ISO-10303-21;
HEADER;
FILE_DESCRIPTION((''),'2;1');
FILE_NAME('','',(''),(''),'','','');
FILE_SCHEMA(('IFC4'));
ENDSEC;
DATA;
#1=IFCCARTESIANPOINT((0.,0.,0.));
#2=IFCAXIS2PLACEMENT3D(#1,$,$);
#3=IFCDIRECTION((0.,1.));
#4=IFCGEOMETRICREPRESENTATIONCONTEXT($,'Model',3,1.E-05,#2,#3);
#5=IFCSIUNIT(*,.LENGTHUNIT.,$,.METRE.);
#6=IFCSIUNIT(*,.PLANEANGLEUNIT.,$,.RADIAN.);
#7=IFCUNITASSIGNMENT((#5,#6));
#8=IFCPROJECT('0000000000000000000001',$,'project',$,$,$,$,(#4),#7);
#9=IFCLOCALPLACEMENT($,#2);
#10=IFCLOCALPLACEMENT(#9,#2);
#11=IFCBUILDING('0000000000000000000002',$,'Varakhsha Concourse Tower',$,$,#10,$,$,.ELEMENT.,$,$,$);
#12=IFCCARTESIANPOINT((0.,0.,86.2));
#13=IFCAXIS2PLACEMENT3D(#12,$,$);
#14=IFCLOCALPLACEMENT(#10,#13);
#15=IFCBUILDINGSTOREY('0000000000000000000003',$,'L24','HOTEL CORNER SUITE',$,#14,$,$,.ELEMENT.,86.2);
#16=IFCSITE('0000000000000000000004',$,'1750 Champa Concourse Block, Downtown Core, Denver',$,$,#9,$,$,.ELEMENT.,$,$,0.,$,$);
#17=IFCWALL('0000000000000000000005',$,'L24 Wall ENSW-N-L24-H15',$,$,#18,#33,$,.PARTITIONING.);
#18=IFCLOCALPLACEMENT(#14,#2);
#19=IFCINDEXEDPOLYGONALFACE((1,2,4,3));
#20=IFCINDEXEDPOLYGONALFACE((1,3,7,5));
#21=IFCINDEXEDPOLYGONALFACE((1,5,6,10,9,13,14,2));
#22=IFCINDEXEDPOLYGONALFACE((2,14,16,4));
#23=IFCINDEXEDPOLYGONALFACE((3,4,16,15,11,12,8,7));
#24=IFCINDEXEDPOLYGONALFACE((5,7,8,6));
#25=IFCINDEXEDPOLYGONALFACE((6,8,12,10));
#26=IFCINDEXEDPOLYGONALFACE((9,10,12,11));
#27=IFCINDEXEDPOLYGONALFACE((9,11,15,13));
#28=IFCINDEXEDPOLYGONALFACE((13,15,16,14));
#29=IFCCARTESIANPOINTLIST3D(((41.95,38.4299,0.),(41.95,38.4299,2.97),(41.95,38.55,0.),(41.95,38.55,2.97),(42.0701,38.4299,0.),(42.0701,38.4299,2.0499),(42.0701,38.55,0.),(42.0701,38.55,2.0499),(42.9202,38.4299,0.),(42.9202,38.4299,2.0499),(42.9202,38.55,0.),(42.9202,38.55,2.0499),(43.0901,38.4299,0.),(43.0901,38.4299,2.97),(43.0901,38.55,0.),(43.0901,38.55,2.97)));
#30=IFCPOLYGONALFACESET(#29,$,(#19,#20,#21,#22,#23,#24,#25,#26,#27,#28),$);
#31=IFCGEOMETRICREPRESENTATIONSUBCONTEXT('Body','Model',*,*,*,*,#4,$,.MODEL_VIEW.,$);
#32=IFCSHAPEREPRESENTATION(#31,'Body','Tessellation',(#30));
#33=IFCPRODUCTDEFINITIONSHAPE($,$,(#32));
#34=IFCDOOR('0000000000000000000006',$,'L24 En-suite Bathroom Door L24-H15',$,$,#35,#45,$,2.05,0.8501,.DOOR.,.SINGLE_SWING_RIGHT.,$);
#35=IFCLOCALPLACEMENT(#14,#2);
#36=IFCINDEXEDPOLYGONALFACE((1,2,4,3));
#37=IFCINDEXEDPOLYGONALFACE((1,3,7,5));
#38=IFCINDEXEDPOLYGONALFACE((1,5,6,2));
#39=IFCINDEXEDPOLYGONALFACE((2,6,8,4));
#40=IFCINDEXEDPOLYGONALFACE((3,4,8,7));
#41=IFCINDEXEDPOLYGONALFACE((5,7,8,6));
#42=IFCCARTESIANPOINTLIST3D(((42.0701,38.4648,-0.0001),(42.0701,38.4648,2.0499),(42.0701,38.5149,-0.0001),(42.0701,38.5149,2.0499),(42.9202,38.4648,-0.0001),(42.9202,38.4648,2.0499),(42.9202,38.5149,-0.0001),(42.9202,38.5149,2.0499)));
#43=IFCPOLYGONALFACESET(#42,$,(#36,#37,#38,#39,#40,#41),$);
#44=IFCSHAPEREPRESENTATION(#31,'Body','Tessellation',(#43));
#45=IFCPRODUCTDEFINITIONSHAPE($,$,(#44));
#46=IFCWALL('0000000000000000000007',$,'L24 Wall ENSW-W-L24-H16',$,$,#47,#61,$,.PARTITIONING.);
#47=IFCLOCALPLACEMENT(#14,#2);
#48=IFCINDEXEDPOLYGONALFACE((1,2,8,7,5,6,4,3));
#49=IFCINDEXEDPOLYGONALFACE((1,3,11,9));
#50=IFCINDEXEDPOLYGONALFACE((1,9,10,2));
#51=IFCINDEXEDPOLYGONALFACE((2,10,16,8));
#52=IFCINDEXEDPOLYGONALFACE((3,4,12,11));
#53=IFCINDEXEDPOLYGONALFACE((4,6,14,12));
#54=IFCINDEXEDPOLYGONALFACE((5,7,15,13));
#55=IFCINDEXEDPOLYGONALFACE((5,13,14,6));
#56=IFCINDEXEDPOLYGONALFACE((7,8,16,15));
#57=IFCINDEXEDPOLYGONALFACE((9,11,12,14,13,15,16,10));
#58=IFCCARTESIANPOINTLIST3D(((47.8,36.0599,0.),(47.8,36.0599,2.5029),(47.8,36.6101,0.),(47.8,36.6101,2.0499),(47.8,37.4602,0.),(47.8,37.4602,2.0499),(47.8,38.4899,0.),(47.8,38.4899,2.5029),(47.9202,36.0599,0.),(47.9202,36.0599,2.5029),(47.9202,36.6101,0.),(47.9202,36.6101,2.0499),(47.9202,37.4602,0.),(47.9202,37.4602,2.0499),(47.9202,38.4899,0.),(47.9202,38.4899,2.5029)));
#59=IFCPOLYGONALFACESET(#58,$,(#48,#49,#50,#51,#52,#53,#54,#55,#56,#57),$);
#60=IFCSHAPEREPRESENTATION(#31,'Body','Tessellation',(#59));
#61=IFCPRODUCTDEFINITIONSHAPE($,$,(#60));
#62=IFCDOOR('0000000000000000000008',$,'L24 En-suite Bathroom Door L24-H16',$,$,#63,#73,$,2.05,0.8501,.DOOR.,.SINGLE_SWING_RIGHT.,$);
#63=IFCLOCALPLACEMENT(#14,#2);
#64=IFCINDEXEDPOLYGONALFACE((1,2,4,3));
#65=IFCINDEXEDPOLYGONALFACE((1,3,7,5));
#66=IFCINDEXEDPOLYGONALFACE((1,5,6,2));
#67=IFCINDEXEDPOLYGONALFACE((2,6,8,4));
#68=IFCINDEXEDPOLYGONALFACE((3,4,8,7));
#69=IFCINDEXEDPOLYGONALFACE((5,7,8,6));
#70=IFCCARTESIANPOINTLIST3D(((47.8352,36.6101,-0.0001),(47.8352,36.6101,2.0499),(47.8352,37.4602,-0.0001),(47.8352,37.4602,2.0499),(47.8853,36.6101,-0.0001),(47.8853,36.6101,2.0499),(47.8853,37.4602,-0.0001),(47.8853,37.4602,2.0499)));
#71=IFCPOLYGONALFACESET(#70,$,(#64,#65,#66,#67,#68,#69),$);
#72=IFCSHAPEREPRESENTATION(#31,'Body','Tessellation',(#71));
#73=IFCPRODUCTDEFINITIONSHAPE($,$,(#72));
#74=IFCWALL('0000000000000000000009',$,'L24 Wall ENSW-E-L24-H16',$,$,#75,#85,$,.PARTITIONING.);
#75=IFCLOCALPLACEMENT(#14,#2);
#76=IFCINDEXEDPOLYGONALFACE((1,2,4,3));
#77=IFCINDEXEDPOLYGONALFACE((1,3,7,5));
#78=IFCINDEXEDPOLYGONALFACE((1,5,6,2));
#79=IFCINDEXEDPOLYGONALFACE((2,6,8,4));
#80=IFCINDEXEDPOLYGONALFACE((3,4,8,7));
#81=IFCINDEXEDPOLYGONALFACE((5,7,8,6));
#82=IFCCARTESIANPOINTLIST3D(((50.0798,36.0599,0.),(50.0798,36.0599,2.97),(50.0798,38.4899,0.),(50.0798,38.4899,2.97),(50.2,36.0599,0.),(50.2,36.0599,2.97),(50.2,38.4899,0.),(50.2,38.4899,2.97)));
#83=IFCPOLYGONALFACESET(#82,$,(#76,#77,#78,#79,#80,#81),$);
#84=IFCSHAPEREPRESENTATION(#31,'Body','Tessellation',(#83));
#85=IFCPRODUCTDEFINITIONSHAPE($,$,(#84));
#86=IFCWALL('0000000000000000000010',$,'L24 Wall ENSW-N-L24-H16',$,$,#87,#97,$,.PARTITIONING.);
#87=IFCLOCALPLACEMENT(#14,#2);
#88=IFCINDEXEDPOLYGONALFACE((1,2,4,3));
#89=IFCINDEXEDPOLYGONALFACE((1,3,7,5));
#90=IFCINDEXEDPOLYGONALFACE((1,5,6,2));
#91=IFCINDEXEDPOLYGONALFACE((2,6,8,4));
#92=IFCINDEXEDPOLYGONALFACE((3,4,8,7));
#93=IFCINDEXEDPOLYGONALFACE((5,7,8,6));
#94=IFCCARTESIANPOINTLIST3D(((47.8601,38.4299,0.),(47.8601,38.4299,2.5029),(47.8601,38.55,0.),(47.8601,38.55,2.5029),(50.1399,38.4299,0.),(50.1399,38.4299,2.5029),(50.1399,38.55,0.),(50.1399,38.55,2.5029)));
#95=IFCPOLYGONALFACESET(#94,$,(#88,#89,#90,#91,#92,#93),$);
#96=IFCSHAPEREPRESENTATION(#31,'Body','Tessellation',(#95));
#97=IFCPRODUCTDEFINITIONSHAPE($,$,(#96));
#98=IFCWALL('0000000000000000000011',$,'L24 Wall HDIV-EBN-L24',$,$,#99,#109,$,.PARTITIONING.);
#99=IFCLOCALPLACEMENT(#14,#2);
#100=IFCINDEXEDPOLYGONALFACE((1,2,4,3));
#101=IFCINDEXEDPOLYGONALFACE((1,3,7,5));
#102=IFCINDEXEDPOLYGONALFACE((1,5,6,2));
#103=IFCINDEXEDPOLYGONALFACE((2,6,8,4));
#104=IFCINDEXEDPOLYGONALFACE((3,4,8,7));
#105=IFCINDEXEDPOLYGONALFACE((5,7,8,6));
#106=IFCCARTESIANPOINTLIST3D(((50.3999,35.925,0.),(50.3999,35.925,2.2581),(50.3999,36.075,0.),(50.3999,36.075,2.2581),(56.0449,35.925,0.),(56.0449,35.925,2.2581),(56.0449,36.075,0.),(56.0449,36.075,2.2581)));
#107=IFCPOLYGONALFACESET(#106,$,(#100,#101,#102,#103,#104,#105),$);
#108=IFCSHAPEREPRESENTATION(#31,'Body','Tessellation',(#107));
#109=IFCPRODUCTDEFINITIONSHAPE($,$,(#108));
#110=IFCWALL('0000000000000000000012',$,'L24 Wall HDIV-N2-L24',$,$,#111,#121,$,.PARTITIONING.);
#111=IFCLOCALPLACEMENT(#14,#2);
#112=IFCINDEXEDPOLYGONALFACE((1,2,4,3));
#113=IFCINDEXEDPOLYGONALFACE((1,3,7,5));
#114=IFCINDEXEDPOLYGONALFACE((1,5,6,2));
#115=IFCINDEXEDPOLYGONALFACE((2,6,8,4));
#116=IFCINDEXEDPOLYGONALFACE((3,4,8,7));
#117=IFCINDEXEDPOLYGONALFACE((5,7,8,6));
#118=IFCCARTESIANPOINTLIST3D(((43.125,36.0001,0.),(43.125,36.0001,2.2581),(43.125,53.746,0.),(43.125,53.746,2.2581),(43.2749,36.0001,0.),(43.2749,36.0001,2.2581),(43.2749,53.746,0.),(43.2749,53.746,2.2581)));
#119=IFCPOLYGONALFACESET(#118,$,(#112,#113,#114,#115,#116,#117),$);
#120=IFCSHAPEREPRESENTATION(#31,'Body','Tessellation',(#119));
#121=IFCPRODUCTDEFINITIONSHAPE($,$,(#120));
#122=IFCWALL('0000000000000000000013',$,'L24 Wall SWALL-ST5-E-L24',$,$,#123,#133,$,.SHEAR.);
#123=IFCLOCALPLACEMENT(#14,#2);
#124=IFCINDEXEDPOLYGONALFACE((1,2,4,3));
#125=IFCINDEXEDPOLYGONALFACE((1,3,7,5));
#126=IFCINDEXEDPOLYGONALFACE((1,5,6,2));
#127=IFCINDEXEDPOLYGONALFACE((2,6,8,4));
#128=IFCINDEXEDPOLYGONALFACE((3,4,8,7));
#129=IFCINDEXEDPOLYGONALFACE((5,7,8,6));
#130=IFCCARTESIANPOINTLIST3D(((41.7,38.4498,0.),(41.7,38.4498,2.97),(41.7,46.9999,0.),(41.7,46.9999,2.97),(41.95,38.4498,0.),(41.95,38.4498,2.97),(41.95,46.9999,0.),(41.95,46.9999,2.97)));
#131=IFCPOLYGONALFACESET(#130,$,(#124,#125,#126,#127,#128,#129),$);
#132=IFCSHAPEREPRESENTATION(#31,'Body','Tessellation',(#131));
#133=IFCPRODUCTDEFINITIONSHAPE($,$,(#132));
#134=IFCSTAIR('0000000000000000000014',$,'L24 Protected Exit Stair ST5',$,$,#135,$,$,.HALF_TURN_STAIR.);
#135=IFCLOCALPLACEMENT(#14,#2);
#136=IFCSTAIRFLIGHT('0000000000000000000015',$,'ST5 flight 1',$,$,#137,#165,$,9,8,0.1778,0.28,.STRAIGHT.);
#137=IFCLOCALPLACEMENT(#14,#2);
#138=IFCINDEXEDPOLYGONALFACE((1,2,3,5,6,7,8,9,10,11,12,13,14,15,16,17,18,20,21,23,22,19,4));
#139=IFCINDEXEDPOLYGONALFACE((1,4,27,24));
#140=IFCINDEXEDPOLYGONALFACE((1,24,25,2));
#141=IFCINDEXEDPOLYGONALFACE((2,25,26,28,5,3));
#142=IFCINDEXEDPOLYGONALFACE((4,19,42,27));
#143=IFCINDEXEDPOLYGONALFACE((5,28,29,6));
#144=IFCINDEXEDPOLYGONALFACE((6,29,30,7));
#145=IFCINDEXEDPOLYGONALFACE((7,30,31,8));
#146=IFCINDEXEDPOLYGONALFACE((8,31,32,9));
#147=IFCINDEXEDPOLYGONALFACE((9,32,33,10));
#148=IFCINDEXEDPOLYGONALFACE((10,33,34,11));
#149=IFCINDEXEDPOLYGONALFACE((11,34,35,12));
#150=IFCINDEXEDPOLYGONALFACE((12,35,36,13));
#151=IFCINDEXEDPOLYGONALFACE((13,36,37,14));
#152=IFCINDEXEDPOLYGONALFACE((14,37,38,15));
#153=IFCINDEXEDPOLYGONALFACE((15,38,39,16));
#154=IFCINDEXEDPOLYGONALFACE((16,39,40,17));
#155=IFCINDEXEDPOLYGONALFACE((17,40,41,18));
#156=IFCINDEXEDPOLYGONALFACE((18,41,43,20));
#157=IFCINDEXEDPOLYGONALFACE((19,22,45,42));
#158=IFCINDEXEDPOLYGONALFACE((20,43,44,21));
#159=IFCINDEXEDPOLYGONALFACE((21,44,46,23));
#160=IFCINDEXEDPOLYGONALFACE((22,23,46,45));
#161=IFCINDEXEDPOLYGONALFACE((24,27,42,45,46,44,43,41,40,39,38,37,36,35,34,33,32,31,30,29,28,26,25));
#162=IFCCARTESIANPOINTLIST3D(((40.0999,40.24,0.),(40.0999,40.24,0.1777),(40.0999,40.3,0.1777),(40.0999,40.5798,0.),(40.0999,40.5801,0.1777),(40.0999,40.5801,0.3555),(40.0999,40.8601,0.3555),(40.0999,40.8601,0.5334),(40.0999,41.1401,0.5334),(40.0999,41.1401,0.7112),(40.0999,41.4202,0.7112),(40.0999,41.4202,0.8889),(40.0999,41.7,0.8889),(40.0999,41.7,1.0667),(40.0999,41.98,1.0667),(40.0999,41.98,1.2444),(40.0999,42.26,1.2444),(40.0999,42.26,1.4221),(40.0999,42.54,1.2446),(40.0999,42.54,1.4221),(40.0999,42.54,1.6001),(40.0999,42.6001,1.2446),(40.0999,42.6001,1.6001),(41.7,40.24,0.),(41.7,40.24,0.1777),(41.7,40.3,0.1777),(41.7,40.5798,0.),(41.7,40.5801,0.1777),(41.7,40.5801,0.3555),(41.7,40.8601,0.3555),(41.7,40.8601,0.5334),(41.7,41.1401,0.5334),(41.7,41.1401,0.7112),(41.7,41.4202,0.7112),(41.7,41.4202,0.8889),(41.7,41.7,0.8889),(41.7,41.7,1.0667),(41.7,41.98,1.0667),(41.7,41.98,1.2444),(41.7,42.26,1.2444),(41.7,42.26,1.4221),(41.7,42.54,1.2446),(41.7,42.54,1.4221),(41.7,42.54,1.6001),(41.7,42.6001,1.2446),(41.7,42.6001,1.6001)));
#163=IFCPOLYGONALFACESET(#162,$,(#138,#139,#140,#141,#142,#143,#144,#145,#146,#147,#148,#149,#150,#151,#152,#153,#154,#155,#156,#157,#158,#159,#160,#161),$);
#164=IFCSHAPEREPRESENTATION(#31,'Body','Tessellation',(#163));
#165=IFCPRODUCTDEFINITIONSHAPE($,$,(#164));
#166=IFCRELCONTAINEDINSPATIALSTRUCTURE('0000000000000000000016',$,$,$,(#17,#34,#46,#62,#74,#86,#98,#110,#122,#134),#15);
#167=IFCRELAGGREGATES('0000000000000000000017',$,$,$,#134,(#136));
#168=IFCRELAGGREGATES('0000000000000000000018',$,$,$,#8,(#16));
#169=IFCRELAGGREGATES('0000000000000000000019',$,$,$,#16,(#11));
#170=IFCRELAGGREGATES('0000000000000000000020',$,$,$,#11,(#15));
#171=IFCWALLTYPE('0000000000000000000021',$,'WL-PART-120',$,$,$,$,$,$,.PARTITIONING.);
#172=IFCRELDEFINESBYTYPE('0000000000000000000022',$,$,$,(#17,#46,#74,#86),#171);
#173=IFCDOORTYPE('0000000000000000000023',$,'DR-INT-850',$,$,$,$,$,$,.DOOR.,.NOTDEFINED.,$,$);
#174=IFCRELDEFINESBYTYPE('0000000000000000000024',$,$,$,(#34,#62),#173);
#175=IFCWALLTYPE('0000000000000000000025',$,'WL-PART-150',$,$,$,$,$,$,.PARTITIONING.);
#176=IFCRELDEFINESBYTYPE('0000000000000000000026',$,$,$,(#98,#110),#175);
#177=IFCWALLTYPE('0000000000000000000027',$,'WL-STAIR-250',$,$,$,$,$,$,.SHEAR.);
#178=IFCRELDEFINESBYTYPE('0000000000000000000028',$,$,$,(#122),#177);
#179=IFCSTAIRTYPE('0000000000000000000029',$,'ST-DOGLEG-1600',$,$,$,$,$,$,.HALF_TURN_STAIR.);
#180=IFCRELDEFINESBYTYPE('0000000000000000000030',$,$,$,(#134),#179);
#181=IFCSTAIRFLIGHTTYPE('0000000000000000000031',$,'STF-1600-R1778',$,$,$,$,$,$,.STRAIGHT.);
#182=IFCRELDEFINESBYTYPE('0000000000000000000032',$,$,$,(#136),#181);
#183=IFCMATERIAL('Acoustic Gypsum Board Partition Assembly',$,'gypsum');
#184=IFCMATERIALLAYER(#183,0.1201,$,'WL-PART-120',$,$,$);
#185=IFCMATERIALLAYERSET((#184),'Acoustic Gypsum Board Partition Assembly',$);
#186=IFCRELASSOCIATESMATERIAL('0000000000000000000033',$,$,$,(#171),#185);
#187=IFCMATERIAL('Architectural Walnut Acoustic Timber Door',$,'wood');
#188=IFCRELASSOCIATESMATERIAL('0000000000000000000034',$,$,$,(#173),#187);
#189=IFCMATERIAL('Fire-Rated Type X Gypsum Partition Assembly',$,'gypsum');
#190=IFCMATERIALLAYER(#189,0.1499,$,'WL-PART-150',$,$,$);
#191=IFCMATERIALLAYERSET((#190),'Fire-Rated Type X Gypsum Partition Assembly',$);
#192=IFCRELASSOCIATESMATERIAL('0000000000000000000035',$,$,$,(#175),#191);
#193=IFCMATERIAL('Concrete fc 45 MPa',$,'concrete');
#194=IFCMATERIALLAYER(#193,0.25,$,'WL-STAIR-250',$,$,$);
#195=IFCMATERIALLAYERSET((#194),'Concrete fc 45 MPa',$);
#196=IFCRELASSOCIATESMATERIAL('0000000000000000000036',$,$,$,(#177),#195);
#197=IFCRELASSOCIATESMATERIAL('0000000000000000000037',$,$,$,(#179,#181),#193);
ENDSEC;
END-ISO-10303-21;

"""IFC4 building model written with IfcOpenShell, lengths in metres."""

from ifc_helpers import new_model, si_unit, direction, frame, frame_2d, origin, place, context, subcontext, project, spatial, polyline, rectangle, outline, extrude, material, layer, layer_set, type_object, element, fill, aggregate, save


model = new_model("IFC4")

# Units and contexts
model_context = context("Model", 3, precision=1e-05, world=origin(), true_north=direction((0.0, 1.0)))
body_context = subcontext(model_context, "Body", "Model", "MODEL_VIEW")
ifc_project = project(units=[si_unit("LENGTHUNIT", "METRE"), si_unit("PLANEANGLEUNIT", "RADIAN")], contexts=[model_context])

# Site, building, storey
site_placement = place(None, origin())
site = spatial("IfcSite", under=ifc_project, at=site_placement, Name="1750 Champa Concourse Block, Downtown Core, Denver", CompositionType="ELEMENT", RefElevation=0.0)
building_placement = place(site_placement, origin())
building = spatial("IfcBuilding", under=site, at=building_placement, Name="Varakhsha Concourse Tower", CompositionType="ELEMENT")
storey_placement = place(building_placement, frame((0.0, 0.0, 86.2)))
storey = spatial("IfcBuildingStorey", under=building, at=storey_placement, Name="L24", Description="HOTEL CORNER SUITE", CompositionType="ELEMENT", Elevation=86.2)

# Shared definitions
ifc_material_1 = material(Name="Acoustic Gypsum Board Partition Assembly", Category="gypsum")
ifc_layer_1 = layer(ifc_material_1, 0.1201, Name="WL-PART-120")
ifc_layer_set_1 = layer_set([ifc_layer_1], Name="Acoustic Gypsum Board Partition Assembly")
wall_type_1 = type_object("IfcWallType", Name="WL-PART-120", PredefinedType="PARTITIONING", material=ifc_layer_set_1)

# Walls, openings, doors
wall_1_placement = place(storey_placement, frame((41.95, 38.49, 0.0), z_axis=(0.0, 0.0, 1.0), x_axis=(1.0, 0.0, 0.0)))
wall_1 = element("IfcWall", 1, at=wall_1_placement, inside=storey, type_object=wall_type_1, Name="L24 Wall ENSW-N-L24-H15", PredefinedType="PARTITIONING", context=body_context, shape_type="SweptSolid", body=[
    extrude(rectangle(XDim=1.1401, YDim=0.1201, at=frame_2d((0.5701, 0.0))), origin(), (0.0, 0.0, 1.0), 2.97),
])
opening_1_placement = place(wall_1_placement, frame((0.1201, 0.0, 0.0)))
opening_1 = element("IfcOpeningElement", 2, at=opening_1_placement, cuts=wall_1, PredefinedType="OPENING", context=body_context, shape_type="SweptSolid", body=[
    extrude(rectangle(XDim=0.8501, YDim=2.05, at=frame_2d((0.425, 1.0249))), frame((0.0, 0.0701, 0.0), z_axis=(0.0, -1.0, 0.0), x_axis=(1.0, 0.0, 0.0)), (0.0, 0.0, 1.0), 0.1401),
])
ifc_material_2 = material(Name="Architectural Walnut Acoustic Timber Door", Category="wood")
door_type = type_object("IfcDoorType", Name="DR-INT-850", OperationType="NOTDEFINED", PredefinedType="DOOR", material=ifc_material_2)
door_1_placement = place(opening_1_placement, origin())
door_1 = element("IfcDoor", 3, at=door_1_placement, inside=storey, type_object=door_type, Name="L24 En-suite Bathroom Door L24-H15", OperationType="SINGLE_SWING_RIGHT", OverallHeight=2.05, OverallWidth=0.8501, PredefinedType="DOOR", context=body_context, shape_type="SweptSolid", body=[
    extrude(rectangle(XDim=0.8501, YDim=2.05, at=frame_2d((0.425, 1.0249))), frame((0.0, 0.0249, 0.0), z_axis=(0.0, -1.0, 0.0), x_axis=(1.0, 0.0, 0.0)), (0.0, 0.0, 1.0), 0.05),
])
fill(opening_1, door_1)
wall_2_placement = place(storey_placement, frame((47.8601, 36.0601, 0.0), z_axis=(0.0, 0.0, 1.0), x_axis=(0.0, 1.0, 0.0)))
wall_2 = element("IfcWall", 4, at=wall_2_placement, inside=storey, type_object=wall_type_1, Name="L24 Wall ENSW-W-L24-H16", PredefinedType="PARTITIONING", context=body_context, shape_type="SweptSolid", body=[
    extrude(rectangle(XDim=2.4299, YDim=0.1201, at=frame_2d((1.2148, 0.0))), origin(), (0.0, 0.0, 1.0), 2.5029),
])
opening_2_placement = place(wall_2_placement, frame((0.55, 0.0, 0.0)))
opening_2 = element("IfcOpeningElement", 5, at=opening_2_placement, cuts=wall_2, PredefinedType="OPENING", context=body_context, shape_type="SweptSolid", body=[
    extrude(rectangle(XDim=0.8501, YDim=2.05, at=frame_2d((0.425, 1.0249))), frame((0.0, 0.0701, 0.0), z_axis=(0.0, -1.0, 0.0), x_axis=(1.0, 0.0, 0.0)), (0.0, 0.0, 1.0), 0.1401),
])
door_2_placement = place(opening_2_placement, origin())
door_2 = element("IfcDoor", 6, at=door_2_placement, inside=storey, type_object=door_type, Name="L24 En-suite Bathroom Door L24-H16", OperationType="SINGLE_SWING_RIGHT", OverallHeight=2.05, OverallWidth=0.8501, PredefinedType="DOOR", context=body_context, shape_type="SweptSolid", body=[
    extrude(rectangle(XDim=0.8501, YDim=2.05, at=frame_2d((0.425, 1.0249))), frame((0.0, 0.0249, 0.0), z_axis=(0.0, -1.0, 0.0), x_axis=(1.0, 0.0, 0.0)), (0.0, 0.0, 1.0), 0.05),
])
fill(opening_2, door_2)

# Walls
wall_3_placement = place(storey_placement, frame((50.1399, 36.0601, 0.0), z_axis=(0.0, 0.0, 1.0), x_axis=(0.0, 1.0, 0.0)))
element("IfcWall", 7, at=wall_3_placement, inside=storey, type_object=wall_type_1, Name="L24 Wall ENSW-E-L24-H16", PredefinedType="PARTITIONING", context=body_context, shape_type="SweptSolid", body=[
    extrude(rectangle(XDim=2.4299, YDim=0.1201, at=frame_2d((1.2148, 0.0))), origin(), (0.0, 0.0, 1.0), 2.97),
])
wall_4_placement = place(storey_placement, frame((47.8601, 38.49, 0.0), z_axis=(0.0, 0.0, 1.0), x_axis=(1.0, 0.0, 0.0)))
element("IfcWall", 8, at=wall_4_placement, inside=storey, type_object=wall_type_1, Name="L24 Wall ENSW-N-L24-H16", PredefinedType="PARTITIONING", context=body_context, shape_type="SweptSolid", body=[
    extrude(rectangle(XDim=2.2798, YDim=0.1201, at=frame_2d((1.1399, 0.0))), origin(), (0.0, 0.0, 1.0), 2.5029),
])
ifc_material_3 = material(Name="Fire-Rated Type X Gypsum Partition Assembly", Category="gypsum")
ifc_layer_2 = layer(ifc_material_3, 0.1499, Name="WL-PART-150")
ifc_layer_set_2 = layer_set([ifc_layer_2], Name="Fire-Rated Type X Gypsum Partition Assembly")
wall_type_2 = type_object("IfcWallType", Name="WL-PART-150", PredefinedType="PARTITIONING", material=ifc_layer_set_2)
wall_5_placement = place(storey_placement, frame((50.3999, 36.0, 0.0), z_axis=(0.0, 0.0, 1.0), x_axis=(1.0, 0.0, 0.0)))
element("IfcWall", 9, at=wall_5_placement, inside=storey, type_object=wall_type_2, Name="L24 Wall HDIV-EBN-L24", PredefinedType="PARTITIONING", context=body_context, shape_type="SweptSolid", body=[
    extrude(rectangle(XDim=5.645, YDim=0.1499, at=frame_2d((2.8225, 0.0))), origin(), (0.0, 0.0, 1.0), 2.2581),
])
wall_6_placement = place(storey_placement, frame((43.2, 36.0, 0.0), z_axis=(0.0, 0.0, 1.0), x_axis=(0.0, 1.0, 0.0)))
element("IfcWall", 10, at=wall_6_placement, inside=storey, type_object=wall_type_2, Name="L24 Wall HDIV-N2-L24", PredefinedType="PARTITIONING", context=body_context, shape_type="SweptSolid", body=[
    extrude(rectangle(XDim=17.7458, YDim=0.1499, at=frame_2d((8.873, 0.0))), origin(), (0.0, 0.0, 1.0), 2.2581),
])
ifc_material_4 = material(Name="Concrete fc 45 MPa", Category="concrete")
ifc_layer_3 = layer(ifc_material_4, 0.25, Name="WL-STAIR-250")
ifc_layer_set_3 = layer_set([ifc_layer_3], Name="Concrete fc 45 MPa")
wall_type_3 = type_object("IfcWallType", Name="WL-STAIR-250", PredefinedType="SHEAR", material=ifc_layer_set_3)
wall_7_placement = place(storey_placement, frame((41.825, 38.45, 0.0), z_axis=(0.0, 0.0, 1.0), x_axis=(0.0, 1.0, 0.0)))
element("IfcWall", 11, at=wall_7_placement, inside=storey, type_object=wall_type_3, Name="L24 Wall SWALL-ST5-E-L24", PredefinedType="SHEAR", context=body_context, shape_type="SweptSolid", body=[
    extrude(rectangle(XDim=8.55, YDim=0.25, at=frame_2d((4.2749, 0.0))), origin(), (0.0, 0.0, 1.0), 2.97),
])

# Stair, stair flight
stair_type = type_object("IfcStairType", Name="ST-DOGLEG-1600", PredefinedType="HALF_TURN_STAIR", material=ifc_material_4)
stair_placement = place(storey_placement, origin())
stair = element("IfcStair", 12, at=stair_placement, inside=storey, type_object=stair_type, Name="L24 Protected Exit Stair ST5", PredefinedType="HALF_TURN_STAIR")
stair_flight_type = type_object("IfcStairFlightType", Name="STF-1600-R1778", PredefinedType="STRAIGHT", material=ifc_material_4)
stair_flight_placement = place(storey_placement, frame((40.8999, 40.3, 0.0), z_axis=(0.0, 0.0, 1.0), x_axis=(0.0, 1.0, 0.0)))
stair_flight = element("IfcStairFlight", 13, at=stair_flight_placement, type_object=stair_flight_type, Name="ST5 flight 1", NumberOfRisers=9, NumberOfTreads=8, PredefinedType="STRAIGHT", RiserHeight=0.1778, TreadLength=0.28, context=body_context, shape_type="SweptSolid", body=[
    extrude(outline(polyline([(-0.0601, 0.0), (-0.0601, 0.1777), (0.0, 0.1777), (0.28, 0.1777), (0.28, 0.3555), (0.5601, 0.3555), (0.5601, 0.5334), (0.8401, 0.5334), (0.8401, 0.7112), (1.1201, 0.7112), (1.1201, 0.8889), (1.3999, 0.8889), (1.3999, 1.0667), (1.6799, 1.0667), (1.6799, 1.2444), (1.96, 1.2444), (1.96, 1.4221), (2.24, 1.4221), (2.24, 1.6001), (2.3, 1.6001), (2.3, 1.2446), (2.24, 1.2446), (0.2798, 0.0), (-0.0601, 0.0)])), frame((0.0, 0.8, 0.0), z_axis=(0.0, -1.0, 0.0), x_axis=(1.0, 0.0, 0.0)), (0.0, 0.0, 1.0), 1.6001),
])
aggregate(stair, [stair_flight])

save(model, "model.ifc")
